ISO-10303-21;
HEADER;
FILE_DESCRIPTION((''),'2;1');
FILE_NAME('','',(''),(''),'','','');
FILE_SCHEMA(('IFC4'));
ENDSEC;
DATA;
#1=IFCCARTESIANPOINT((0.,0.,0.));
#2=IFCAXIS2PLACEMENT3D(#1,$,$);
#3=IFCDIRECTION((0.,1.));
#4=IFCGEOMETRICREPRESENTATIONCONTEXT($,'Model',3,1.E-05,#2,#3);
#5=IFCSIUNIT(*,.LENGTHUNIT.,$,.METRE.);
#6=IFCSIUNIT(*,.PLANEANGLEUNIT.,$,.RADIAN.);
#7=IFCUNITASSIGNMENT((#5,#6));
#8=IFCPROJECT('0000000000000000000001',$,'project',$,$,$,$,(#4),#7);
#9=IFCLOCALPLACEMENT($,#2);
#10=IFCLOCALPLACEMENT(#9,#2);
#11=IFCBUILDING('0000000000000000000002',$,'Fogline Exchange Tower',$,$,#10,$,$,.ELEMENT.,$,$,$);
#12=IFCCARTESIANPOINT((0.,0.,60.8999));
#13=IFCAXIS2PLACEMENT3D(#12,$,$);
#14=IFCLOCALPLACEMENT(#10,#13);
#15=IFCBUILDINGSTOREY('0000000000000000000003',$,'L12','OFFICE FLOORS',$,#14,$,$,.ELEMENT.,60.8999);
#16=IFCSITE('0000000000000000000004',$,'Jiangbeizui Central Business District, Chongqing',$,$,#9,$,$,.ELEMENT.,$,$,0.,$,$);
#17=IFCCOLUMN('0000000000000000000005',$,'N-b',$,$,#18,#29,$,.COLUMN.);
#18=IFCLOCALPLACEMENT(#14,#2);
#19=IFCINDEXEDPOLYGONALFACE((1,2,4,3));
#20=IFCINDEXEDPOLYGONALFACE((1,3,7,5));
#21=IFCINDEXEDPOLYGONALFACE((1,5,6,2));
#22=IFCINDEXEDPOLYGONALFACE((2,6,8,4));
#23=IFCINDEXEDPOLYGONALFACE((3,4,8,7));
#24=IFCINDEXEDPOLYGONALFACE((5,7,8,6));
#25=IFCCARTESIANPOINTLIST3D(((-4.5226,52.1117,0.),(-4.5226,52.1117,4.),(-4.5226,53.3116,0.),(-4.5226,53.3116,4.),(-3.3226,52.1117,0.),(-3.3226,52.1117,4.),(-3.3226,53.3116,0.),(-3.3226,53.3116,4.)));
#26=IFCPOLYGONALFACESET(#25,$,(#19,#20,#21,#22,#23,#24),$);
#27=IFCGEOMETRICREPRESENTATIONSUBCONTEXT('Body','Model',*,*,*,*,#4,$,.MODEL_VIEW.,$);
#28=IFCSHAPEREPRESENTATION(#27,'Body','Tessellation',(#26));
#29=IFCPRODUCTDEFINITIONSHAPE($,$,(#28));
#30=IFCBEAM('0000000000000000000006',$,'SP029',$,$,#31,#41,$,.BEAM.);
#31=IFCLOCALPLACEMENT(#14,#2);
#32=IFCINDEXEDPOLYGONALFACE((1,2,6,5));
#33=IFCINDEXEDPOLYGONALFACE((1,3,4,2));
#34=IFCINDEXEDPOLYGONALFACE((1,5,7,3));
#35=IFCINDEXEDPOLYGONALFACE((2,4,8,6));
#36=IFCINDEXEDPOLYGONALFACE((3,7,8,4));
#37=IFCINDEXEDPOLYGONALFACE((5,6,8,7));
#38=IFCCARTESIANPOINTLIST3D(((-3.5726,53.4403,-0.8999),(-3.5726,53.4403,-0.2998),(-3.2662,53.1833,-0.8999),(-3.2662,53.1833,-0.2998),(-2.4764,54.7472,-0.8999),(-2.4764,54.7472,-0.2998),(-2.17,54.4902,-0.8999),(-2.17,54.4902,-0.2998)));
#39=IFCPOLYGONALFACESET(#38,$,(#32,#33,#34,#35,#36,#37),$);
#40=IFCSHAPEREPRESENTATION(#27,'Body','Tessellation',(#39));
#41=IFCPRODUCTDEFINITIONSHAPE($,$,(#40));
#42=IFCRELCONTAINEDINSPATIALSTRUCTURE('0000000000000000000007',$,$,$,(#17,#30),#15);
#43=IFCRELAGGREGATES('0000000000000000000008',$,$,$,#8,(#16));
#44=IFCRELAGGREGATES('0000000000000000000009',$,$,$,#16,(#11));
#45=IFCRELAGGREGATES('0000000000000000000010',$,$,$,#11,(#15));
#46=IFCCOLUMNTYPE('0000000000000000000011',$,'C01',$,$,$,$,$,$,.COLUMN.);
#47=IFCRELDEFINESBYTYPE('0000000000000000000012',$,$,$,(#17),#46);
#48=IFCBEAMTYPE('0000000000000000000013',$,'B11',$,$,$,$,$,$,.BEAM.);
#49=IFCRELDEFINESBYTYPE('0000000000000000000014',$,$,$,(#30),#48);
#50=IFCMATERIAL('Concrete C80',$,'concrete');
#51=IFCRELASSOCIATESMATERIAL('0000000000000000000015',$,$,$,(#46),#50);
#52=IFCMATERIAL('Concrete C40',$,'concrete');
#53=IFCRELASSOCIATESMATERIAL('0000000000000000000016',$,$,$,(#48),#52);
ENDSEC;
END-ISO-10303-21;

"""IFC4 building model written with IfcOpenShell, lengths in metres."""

from ifc_helpers import new_model, si_unit, direction, frame, origin, origin_2d, place, context, subcontext, project, spatial, rectangle, extrude, material, material_profile, profile_set, type_object, element, save


model = new_model("IFC4")

# Units and contexts
model_context = context("Model", 3, precision=1e-05, world=origin(), true_north=direction((0.0, 1.0)))
body_context = subcontext(model_context, "Body", "Model", "MODEL_VIEW")
ifc_project = project(units=[si_unit("LENGTHUNIT", "METRE"), si_unit("PLANEANGLEUNIT", "RADIAN")], contexts=[model_context])

# Site, building, storey
site_placement = place(None, origin())
site = spatial("IfcSite", under=ifc_project, at=site_placement, Name="Jiangbeizui Central Business District, Chongqing", CompositionType="ELEMENT", RefElevation=0.0)
building_placement = place(site_placement, origin())
building = spatial("IfcBuilding", under=site, at=building_placement, Name="Fogline Exchange Tower", CompositionType="ELEMENT")
storey_placement = place(building_placement, frame((0.0, 0.0, 60.8999)))
storey = spatial("IfcBuildingStorey", under=building, at=storey_placement, Name="L12", Description="OFFICE FLOORS", CompositionType="ELEMENT", Elevation=60.8999)

# Column
ifc_material_1 = material(Name="Concrete C80", Category="concrete")
ifc_material_profile_1 = material_profile(ifc_material_1, rectangle(XDim=1.2, YDim=1.2, at=origin_2d()), Name="RC 1200x1200")
ifc_profile_set_1 = profile_set([ifc_material_profile_1], Name="Concrete C80")
column_type = type_object("IfcColumnType", Name="C01", PredefinedType="COLUMN", material=ifc_profile_set_1)
column_placement = place(storey_placement, frame((-3.9226, 52.7117, 0.0), z_axis=(0.0, 0.0, 1.0), x_axis=(1.0, 0.0, 0.0)))
element("IfcColumn", 1, at=column_placement, inside=storey, type_object=column_type, Name="N-b", PredefinedType="COLUMN", context=body_context, shape_type="SweptSolid", body=[
    extrude(rectangle(XDim=1.2, YDim=1.2, at=origin_2d()), origin(), (0.0, 0.0, 1.0), 4.0),
])

# Beam
ifc_material_2 = material(Name="Concrete C40", Category="concrete")
ifc_material_profile_2 = material_profile(ifc_material_2, rectangle(XDim=0.3999, YDim=0.6001, at=origin_2d()), Name="RC 400x600")
ifc_profile_set_2 = profile_set([ifc_material_profile_2], Name="Concrete C40")
beam_type = type_object("IfcBeamType", Name="B11", PredefinedType="BEAM", material=ifc_profile_set_2)
beam_placement = place(storey_placement, frame((-3.4194, 53.3118, -0.5999), z_axis=(0.642645, 0.766164, 0.0), x_axis=(-0.766164, 0.642645, 0.0)))
element("IfcBeam", 2, at=beam_placement, inside=storey, type_object=beam_type, Name="SP029", PredefinedType="BEAM", context=body_context, shape_type="SweptSolid", body=[
    extrude(rectangle(XDim=0.3999, YDim=0.6001, at=origin_2d()), origin(), (0.0, 0.0, 1.0), 1.7058),
])

save(model, "model.ifc")
